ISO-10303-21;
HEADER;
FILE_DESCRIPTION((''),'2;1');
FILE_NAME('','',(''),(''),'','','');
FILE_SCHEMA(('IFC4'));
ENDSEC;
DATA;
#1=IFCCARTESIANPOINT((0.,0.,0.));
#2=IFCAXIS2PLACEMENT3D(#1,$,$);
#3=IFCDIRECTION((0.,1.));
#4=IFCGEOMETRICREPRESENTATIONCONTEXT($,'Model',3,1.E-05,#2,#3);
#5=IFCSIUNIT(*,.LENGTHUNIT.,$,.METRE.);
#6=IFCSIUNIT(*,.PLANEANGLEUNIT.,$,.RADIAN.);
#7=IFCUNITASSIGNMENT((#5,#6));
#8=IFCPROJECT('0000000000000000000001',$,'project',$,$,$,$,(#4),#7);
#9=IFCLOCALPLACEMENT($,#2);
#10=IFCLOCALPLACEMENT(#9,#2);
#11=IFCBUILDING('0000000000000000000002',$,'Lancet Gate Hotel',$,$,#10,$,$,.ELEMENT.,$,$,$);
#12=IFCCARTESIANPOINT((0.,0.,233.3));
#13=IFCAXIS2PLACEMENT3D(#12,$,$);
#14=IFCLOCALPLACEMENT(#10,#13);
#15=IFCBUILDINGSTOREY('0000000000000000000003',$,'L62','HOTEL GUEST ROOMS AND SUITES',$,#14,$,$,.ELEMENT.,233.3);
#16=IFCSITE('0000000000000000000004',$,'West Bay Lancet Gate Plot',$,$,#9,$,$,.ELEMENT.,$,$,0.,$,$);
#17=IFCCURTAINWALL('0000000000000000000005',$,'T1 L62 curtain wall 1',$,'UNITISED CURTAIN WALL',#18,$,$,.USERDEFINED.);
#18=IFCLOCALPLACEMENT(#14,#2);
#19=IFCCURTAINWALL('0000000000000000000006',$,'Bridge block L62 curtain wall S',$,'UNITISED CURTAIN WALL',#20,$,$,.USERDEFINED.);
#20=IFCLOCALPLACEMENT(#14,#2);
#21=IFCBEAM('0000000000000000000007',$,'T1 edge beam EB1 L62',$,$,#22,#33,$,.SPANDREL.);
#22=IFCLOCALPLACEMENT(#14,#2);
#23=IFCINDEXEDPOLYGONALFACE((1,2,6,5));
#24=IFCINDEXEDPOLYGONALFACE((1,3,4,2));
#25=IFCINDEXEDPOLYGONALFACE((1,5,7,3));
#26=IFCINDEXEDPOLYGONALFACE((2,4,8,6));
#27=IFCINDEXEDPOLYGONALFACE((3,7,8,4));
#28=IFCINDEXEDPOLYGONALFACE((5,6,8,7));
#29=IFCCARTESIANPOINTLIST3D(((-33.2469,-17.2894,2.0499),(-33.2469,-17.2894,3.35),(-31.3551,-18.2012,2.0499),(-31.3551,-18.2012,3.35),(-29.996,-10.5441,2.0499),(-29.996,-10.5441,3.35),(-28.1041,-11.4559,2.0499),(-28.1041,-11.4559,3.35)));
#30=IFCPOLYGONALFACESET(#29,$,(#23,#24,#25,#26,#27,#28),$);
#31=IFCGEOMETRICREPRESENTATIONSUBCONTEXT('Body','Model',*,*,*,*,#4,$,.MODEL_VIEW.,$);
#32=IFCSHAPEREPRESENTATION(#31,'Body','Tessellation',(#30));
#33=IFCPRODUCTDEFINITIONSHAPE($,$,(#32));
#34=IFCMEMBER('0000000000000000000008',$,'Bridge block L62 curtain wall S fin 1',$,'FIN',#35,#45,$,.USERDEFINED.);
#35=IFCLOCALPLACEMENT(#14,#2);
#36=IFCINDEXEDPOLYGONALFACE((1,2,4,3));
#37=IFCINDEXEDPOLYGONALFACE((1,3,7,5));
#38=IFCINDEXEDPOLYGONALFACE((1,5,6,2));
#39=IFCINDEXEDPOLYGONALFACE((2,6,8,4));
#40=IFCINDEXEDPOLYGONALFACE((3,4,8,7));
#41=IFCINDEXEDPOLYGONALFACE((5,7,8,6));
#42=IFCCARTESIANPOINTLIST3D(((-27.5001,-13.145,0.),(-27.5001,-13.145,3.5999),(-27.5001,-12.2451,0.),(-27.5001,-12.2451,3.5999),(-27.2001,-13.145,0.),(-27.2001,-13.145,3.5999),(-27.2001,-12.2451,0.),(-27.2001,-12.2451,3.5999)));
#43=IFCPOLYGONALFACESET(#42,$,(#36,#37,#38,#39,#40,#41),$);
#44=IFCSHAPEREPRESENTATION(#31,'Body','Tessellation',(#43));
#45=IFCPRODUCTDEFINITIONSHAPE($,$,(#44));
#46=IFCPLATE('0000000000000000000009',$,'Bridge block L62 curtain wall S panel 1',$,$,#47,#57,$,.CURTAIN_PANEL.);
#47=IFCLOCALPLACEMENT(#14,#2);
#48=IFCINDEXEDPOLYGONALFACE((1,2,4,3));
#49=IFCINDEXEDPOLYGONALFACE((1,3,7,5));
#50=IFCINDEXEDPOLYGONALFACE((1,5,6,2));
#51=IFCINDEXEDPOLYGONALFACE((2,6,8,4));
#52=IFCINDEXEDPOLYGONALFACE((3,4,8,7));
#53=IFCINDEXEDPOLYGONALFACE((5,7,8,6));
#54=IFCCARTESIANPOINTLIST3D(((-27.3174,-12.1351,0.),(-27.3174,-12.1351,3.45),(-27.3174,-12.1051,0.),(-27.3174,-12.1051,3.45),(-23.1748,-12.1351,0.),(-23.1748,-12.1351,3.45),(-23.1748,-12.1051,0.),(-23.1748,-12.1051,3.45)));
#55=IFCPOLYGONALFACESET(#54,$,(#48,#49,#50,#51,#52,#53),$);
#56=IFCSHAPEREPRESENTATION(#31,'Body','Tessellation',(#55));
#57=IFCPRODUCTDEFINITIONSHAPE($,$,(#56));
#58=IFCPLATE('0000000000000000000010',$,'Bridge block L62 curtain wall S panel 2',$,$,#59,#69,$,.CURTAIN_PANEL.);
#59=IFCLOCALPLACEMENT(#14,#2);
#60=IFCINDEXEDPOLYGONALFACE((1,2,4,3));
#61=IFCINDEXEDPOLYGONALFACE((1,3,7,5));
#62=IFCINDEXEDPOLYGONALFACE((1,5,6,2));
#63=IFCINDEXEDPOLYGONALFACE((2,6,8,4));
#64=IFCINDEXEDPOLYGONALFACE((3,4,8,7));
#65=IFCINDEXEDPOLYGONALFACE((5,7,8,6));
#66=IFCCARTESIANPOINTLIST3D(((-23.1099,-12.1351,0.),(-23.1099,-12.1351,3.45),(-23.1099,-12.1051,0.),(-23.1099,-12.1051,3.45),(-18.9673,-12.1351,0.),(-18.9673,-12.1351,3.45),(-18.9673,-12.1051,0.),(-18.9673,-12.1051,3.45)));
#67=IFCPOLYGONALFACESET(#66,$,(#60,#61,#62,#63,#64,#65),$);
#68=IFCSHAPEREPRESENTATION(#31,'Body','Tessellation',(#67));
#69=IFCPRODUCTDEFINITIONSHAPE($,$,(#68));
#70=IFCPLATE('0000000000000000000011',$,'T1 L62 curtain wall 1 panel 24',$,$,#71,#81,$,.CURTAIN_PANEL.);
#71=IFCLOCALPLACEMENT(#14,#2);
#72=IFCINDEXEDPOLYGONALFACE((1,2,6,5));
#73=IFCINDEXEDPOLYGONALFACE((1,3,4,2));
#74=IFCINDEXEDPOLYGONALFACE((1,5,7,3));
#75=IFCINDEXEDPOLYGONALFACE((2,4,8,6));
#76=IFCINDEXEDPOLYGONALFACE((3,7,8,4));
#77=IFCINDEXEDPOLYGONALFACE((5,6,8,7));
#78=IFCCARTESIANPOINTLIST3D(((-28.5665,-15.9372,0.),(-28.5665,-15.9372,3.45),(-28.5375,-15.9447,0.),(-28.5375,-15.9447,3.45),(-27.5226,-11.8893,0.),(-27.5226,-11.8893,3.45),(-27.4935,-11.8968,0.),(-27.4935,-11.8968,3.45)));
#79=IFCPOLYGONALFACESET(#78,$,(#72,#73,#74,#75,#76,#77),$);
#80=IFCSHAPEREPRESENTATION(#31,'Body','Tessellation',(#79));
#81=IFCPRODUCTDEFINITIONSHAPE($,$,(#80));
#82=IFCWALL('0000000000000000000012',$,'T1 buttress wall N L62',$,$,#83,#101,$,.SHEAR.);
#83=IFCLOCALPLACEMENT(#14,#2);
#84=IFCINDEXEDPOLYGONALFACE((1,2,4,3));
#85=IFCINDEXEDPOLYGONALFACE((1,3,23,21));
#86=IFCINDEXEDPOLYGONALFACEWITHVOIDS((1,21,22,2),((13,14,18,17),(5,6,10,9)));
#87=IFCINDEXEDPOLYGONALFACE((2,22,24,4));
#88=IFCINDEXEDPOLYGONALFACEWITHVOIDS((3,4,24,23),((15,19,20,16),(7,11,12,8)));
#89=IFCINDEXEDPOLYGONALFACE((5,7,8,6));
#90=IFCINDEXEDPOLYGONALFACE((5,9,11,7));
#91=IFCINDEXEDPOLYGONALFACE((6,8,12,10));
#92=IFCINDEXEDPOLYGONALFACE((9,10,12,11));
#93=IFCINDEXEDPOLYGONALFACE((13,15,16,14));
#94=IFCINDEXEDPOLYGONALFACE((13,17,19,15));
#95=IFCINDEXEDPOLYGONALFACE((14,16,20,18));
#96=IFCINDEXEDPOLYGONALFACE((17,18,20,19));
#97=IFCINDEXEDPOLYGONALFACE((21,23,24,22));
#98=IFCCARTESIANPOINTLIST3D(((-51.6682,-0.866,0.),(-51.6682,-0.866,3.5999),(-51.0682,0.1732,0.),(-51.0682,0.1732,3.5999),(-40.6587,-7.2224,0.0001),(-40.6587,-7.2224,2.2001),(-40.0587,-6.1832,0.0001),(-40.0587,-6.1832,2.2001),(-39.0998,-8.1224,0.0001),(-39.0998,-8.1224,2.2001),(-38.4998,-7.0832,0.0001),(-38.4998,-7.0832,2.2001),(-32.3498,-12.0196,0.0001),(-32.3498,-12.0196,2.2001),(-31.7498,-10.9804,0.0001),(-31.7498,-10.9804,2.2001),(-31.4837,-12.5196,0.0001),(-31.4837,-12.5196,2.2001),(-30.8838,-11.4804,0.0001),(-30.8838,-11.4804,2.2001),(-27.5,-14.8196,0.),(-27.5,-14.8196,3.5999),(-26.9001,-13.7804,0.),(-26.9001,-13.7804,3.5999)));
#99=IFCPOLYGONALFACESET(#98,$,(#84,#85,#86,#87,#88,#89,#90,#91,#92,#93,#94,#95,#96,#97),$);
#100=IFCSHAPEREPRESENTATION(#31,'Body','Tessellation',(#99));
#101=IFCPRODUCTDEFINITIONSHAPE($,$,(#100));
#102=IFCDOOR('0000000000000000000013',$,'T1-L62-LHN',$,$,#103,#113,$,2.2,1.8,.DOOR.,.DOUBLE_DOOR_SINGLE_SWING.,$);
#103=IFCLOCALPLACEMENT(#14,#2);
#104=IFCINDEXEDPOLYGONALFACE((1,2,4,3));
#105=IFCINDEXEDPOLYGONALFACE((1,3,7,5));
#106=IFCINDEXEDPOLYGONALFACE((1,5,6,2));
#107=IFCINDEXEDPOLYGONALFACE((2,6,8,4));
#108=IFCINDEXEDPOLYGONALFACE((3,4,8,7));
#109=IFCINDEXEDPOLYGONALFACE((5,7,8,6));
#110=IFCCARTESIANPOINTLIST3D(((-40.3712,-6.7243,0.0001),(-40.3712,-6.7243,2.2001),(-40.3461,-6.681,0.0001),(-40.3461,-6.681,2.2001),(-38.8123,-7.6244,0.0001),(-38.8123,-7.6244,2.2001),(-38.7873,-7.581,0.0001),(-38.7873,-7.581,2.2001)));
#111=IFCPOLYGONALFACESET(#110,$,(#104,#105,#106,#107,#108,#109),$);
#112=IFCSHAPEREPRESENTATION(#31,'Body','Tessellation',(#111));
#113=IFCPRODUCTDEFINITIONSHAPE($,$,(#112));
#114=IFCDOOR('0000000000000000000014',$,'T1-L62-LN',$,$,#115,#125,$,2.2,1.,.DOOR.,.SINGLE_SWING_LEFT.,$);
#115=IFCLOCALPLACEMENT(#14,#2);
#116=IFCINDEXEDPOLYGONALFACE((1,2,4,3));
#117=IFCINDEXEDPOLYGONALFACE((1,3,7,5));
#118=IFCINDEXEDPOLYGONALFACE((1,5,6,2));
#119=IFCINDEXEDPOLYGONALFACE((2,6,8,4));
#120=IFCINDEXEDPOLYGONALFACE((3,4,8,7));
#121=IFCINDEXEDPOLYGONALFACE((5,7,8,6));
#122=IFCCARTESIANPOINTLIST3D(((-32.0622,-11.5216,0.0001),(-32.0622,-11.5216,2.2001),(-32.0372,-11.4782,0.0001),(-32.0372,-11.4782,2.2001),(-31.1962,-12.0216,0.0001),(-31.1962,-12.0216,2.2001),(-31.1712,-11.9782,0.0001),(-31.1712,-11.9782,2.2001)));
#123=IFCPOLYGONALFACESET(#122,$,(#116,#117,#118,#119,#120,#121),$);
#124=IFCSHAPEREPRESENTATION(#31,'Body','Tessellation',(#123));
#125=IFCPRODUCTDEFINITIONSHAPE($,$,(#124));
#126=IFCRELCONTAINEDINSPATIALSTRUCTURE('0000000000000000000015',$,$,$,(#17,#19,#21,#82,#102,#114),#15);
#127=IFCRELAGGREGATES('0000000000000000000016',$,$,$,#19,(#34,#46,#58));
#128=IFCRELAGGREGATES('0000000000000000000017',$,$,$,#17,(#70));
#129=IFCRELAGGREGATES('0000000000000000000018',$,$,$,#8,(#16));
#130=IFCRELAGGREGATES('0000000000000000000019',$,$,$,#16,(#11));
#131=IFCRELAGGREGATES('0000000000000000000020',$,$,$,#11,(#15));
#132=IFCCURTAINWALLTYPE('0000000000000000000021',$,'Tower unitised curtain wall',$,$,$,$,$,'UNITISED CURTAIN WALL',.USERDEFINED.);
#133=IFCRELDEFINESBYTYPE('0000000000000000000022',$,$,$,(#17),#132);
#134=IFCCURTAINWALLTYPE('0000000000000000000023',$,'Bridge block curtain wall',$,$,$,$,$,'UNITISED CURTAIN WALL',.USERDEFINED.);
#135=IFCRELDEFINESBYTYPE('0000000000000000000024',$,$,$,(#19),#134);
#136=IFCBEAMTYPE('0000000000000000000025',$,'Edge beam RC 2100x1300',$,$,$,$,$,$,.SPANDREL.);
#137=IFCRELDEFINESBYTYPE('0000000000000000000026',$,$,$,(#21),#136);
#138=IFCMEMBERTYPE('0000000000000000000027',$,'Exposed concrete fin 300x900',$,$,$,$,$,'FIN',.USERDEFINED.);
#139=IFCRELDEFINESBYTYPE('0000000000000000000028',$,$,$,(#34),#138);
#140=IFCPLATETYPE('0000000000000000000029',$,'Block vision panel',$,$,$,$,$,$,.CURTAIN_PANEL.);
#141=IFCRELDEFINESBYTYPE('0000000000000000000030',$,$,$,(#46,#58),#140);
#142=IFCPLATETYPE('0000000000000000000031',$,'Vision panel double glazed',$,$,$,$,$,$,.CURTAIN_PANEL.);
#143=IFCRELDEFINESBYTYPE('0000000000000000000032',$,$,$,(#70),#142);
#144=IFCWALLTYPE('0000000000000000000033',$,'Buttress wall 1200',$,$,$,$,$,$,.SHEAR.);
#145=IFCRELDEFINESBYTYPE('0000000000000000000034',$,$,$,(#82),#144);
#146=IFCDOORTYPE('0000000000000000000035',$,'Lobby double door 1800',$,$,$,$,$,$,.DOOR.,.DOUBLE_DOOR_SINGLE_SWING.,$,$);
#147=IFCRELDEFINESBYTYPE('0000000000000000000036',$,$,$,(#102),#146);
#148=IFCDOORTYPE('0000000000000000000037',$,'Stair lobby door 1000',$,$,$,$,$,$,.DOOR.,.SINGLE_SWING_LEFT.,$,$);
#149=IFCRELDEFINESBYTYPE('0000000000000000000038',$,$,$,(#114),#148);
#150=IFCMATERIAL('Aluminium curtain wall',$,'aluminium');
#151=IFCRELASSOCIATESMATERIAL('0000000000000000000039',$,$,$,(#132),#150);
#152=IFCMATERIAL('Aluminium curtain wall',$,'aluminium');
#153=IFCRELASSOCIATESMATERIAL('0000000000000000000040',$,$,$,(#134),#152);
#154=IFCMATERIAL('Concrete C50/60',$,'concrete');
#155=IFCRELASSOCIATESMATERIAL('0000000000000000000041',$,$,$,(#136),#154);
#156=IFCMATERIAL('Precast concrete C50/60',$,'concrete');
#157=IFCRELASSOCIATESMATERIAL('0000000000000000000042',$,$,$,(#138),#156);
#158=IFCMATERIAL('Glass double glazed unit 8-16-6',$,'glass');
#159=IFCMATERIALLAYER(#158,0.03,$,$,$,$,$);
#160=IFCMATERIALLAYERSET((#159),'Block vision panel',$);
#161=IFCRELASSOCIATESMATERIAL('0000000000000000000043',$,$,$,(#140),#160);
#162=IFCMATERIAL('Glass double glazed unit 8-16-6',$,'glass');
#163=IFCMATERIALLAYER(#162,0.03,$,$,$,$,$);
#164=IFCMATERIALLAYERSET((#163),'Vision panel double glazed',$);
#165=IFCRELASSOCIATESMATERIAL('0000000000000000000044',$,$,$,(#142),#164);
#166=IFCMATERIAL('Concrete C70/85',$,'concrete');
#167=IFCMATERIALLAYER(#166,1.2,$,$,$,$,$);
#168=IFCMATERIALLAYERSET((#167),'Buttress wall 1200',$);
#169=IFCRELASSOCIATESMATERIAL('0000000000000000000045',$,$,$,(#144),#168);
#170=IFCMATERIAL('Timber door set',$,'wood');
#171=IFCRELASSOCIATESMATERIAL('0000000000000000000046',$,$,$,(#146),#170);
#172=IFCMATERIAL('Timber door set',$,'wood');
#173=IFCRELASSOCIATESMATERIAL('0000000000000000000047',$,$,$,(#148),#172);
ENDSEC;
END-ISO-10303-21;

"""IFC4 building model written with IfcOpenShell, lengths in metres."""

from ifc_helpers import new_model, si_unit, direction, frame, frame_2d, origin, origin_2d, place, context, subcontext, project, spatial, rectangle, extrude, material, layer, layer_set, material_profile, profile_set, type_object, element, fill, aggregate, save


model = new_model("IFC4")

# Units and contexts
model_context = context("Model", 3, precision=1e-05, world=origin(), true_north=direction((0.0, 1.0)))
body_context = subcontext(model_context, "Body", "Model", "MODEL_VIEW")
ifc_project = project(units=[si_unit("LENGTHUNIT", "METRE"), si_unit("PLANEANGLEUNIT", "RADIAN")], contexts=[model_context])

# Site, building, storey
site_placement = place(None, origin())
site = spatial("IfcSite", under=ifc_project, at=site_placement, Name="West Bay Lancet Gate Plot", CompositionType="ELEMENT", RefElevation=0.0)
building_placement = place(site_placement, origin())
building = spatial("IfcBuilding", under=site, at=building_placement, Name="Lancet Gate Hotel", CompositionType="ELEMENT")
storey_placement = place(building_placement, frame((0.0, 0.0, 233.3)))
storey = spatial("IfcBuildingStorey", under=building, at=storey_placement, Name="L62", Description="HOTEL GUEST ROOMS AND SUITES", CompositionType="ELEMENT", Elevation=233.3)

# Curtain walls
ifc_material_1 = material(Name="Aluminium curtain wall", Category="aluminium")
curtain_wall_type_1 = type_object("IfcCurtainWallType", Name="Tower unitised curtain wall", ElementType="UNITISED CURTAIN WALL", PredefinedType="USERDEFINED", material=ifc_material_1)
curtain_wall_1_placement = place(storey_placement, origin())
curtain_wall_1 = element("IfcCurtainWall", 1, at=curtain_wall_1_placement, inside=storey, type_object=curtain_wall_type_1, Name="T1 L62 curtain wall 1", ObjectType="UNITISED CURTAIN WALL", PredefinedType="USERDEFINED")
ifc_material_2 = material(Name="Aluminium curtain wall", Category="aluminium")
curtain_wall_type_2 = type_object("IfcCurtainWallType", Name="Bridge block curtain wall", ElementType="UNITISED CURTAIN WALL", PredefinedType="USERDEFINED", material=ifc_material_2)
curtain_wall_2_placement = place(storey_placement, origin())
curtain_wall_2 = element("IfcCurtainWall", 2, at=curtain_wall_2_placement, inside=storey, type_object=curtain_wall_type_2, Name="Bridge block L62 curtain wall S", ObjectType="UNITISED CURTAIN WALL", PredefinedType="USERDEFINED")

# Beam
ifc_material_3 = material(Name="Concrete C50/60", Category="concrete")
ifc_material_profile_1 = material_profile(ifc_material_3, rectangle(XDim=2.1001, YDim=1.3, at=origin_2d()), Name="RC 2100x1300")
ifc_profile_set_1 = profile_set([ifc_material_profile_1], Name="Concrete C50/60")
beam_type_1 = type_object("IfcBeamType", Name="Edge beam RC 2100x1300", PredefinedType="SPANDREL", material=ifc_profile_set_1)
beam_1_placement = place(storey_placement, frame((-29.05, -11.0, 2.7), z_axis=(-0.434164, -0.900834, 0.0), x_axis=(0.900834, -0.434164, 0.0)))
element("IfcBeam", 3, at=beam_1_placement, inside=storey, type_object=beam_type_1, Name="T1 edge beam EB1 L62", PredefinedType="SPANDREL", context=body_context, shape_type="SweptSolid", body=[
    extrude(rectangle(XDim=2.1001, YDim=1.3, at=origin_2d()), origin(), (0.0, 0.0, 1.0), 7.4878),
])

# Member
ifc_material_4 = material(Name="Precast concrete C50/60", Category="concrete")
ifc_material_profile_2 = material_profile(ifc_material_4, rectangle(XDim=0.3, YDim=0.8999, at=origin_2d()), Name="FIN 300x900")
ifc_profile_set_2 = profile_set([ifc_material_profile_2], Name="Precast concrete C50/60")
member_type_1 = type_object("IfcMemberType", Name="Exposed concrete fin 300x900", ElementType="FIN", PredefinedType="USERDEFINED", material=ifc_profile_set_2)
member_1_placement = place(storey_placement, frame((-27.3501, -12.6951, 0.0), z_axis=(0.0, 0.0, 1.0), x_axis=(1.0, 0.0, 0.0)))
member_1 = element("IfcMember", 4, at=member_1_placement, type_object=member_type_1, Name="Bridge block L62 curtain wall S fin 1", ObjectType="FIN", PredefinedType="USERDEFINED", context=body_context, shape_type="SweptSolid", body=[
    extrude(rectangle(XDim=0.3, YDim=0.8999, at=origin_2d()), origin(), (0.0, 0.0, 1.0), 3.5999),
])

# Plates
ifc_material_5 = material(Name="Glass double glazed unit 8-16-6", Category="glass")
ifc_layer_1 = layer(ifc_material_5, 0.03)
ifc_layer_set_1 = layer_set([ifc_layer_1], Name="Block vision panel")
plate_type_1 = type_object("IfcPlateType", Name="Block vision panel", PredefinedType="CURTAIN_PANEL", material=ifc_layer_set_1)
plate_1_placement = place(storey_placement, frame((-25.2461, -12.1201, 0.0), z_axis=(0.0, 0.0, 1.0), x_axis=(1.0, 0.0, 0.0)))
plate_1 = element("IfcPlate", 5, at=plate_1_placement, type_object=plate_type_1, Name="Bridge block L62 curtain wall S panel 1", PredefinedType="CURTAIN_PANEL", context=body_context, shape_type="SweptSolid", body=[
    extrude(rectangle(XDim=4.1426, YDim=0.03, at=origin_2d()), origin(), (0.0, 0.0, 1.0), 3.45),
])
plate_2_placement = place(storey_placement, frame((-21.0386, -12.1201, 0.0), z_axis=(0.0, 0.0, 1.0), x_axis=(1.0, 0.0, 0.0)))
plate_2 = element("IfcPlate", 6, at=plate_2_placement, type_object=plate_type_1, Name="Bridge block L62 curtain wall S panel 2", PredefinedType="CURTAIN_PANEL", context=body_context, shape_type="SweptSolid", body=[
    extrude(rectangle(XDim=4.1426, YDim=0.03, at=origin_2d()), origin(), (0.0, 0.0, 1.0), 3.45),
])
aggregate(curtain_wall_2, [member_1, plate_1, plate_2])
ifc_material_6 = material(Name="Glass double glazed unit 8-16-6", Category="glass")
ifc_layer_2 = layer(ifc_material_6, 0.03)
ifc_layer_set_2 = layer_set([ifc_layer_2], Name="Vision panel double glazed")
plate_type_2 = type_object("IfcPlateType", Name="Vision panel double glazed", PredefinedType="CURTAIN_PANEL", material=ifc_layer_set_2)
plate_3_placement = place(storey_placement, frame((-28.03, -13.917, 0.0), z_axis=(0.0, 0.0, 1.0), x_axis=(0.249726, 0.968317, 0.0)))
plate_3 = element("IfcPlate", 7, at=plate_3_placement, type_object=plate_type_2, Name="T1 L62 curtain wall 1 panel 24", PredefinedType="CURTAIN_PANEL", context=body_context, shape_type="SweptSolid", body=[
    extrude(rectangle(XDim=4.1804, YDim=0.03, at=origin_2d()), origin(), (0.0, 0.0, 1.0), 3.45),
])
aggregate(curtain_wall_1, [plate_3])

# Wall, openings, doors
ifc_material_7 = material(Name="Concrete C70/85", Category="concrete")
ifc_layer_3 = layer(ifc_material_7, 1.2)
ifc_layer_set_3 = layer_set([ifc_layer_3], Name="Buttress wall 1200")
wall_type_1 = type_object("IfcWallType", Name="Buttress wall 1200", PredefinedType="SHEAR", material=ifc_layer_set_3)
wall_1_placement = place(storey_placement, frame((-27.2, -14.3, 0.0), z_axis=(0.0, 0.0, 1.0), x_axis=(-0.866024, 0.500002, 0.0)))
wall_1 = element("IfcWall", 8, at=wall_1_placement, inside=storey, type_object=wall_type_1, Name="T1 buttress wall N L62", PredefinedType="SHEAR", context=body_context, shape_type="SweptSolid", body=[
    extrude(rectangle(XDim=27.907, YDim=1.2, at=frame_2d((13.9536, 0.0))), origin(), (0.0, 0.0, 1.0), 3.5999),
])
opening_1_placement = place(wall_1_placement, frame((4.6001, 0.0, 0.0)))
opening_1 = element("IfcOpeningElement", 9, at=opening_1_placement, cuts=wall_1, PredefinedType="OPENING", context=body_context, shape_type="SweptSolid", body=[
    extrude(rectangle(XDim=1.0, YDim=2.2, at=frame_2d((0.5, 1.1001))), frame((0.0, 0.6099, 0.0), z_axis=(0.0, -1.0, 0.0), x_axis=(1.0, 0.0, 0.0)), (0.0, 0.0, 1.0), 1.22),
])
opening_2_placement = place(wall_1_placement, frame((13.3945, 0.0, 0.0)))
opening_2 = element("IfcOpeningElement", 10, at=opening_2_placement, cuts=wall_1, PredefinedType="OPENING", context=body_context, shape_type="SweptSolid", body=[
    extrude(rectangle(XDim=1.8, YDim=2.2, at=frame_2d((0.8999, 1.1001))), frame((0.0, 0.6099, 0.0), z_axis=(0.0, -1.0, 0.0), x_axis=(1.0, 0.0, 0.0)), (0.0, 0.0, 1.0), 1.22),
])
ifc_material_8 = material(Name="Timber door set", Category="wood")
door_type_1 = type_object("IfcDoorType", Name="Lobby double door 1800", OperationType="DOUBLE_DOOR_SINGLE_SWING", PredefinedType="DOOR", material=ifc_material_8)
door_1_placement = place(opening_2_placement, origin())
door_1 = element("IfcDoor", 11, at=door_1_placement, inside=storey, type_object=door_type_1, Name="T1-L62-LHN", OperationType="DOUBLE_DOOR_SINGLE_SWING", OverallHeight=2.2, OverallWidth=1.8, PredefinedType="DOOR", context=body_context, shape_type="SweptSolid", body=[
    extrude(rectangle(XDim=1.8, YDim=2.2, at=frame_2d((0.8999, 1.1001))), frame((0.0, 0.0249, 0.0), z_axis=(0.0, -1.0, 0.0), x_axis=(1.0, 0.0, 0.0)), (0.0, 0.0, 1.0), 0.05),
])
fill(opening_2, door_1)
ifc_material_9 = material(Name="Timber door set", Category="wood")
door_type_2 = type_object("IfcDoorType", Name="Stair lobby door 1000", OperationType="SINGLE_SWING_LEFT", PredefinedType="DOOR", material=ifc_material_9)
door_2_placement = place(opening_1_placement, origin())
door_2 = element("IfcDoor", 12, at=door_2_placement, inside=storey, type_object=door_type_2, Name="T1-L62-LN", OperationType="SINGLE_SWING_LEFT", OverallHeight=2.2, OverallWidth=1.0, PredefinedType="DOOR", context=body_context, shape_type="SweptSolid", body=[
    extrude(rectangle(XDim=1.0, YDim=2.2, at=frame_2d((0.5, 1.1001))), frame((0.0, 0.0249, 0.0), z_axis=(0.0, -1.0, 0.0), x_axis=(1.0, 0.0, 0.0)), (0.0, 0.0, 1.0), 0.05),
])
fill(opening_1, door_2)

save(model, "model.ifc")
